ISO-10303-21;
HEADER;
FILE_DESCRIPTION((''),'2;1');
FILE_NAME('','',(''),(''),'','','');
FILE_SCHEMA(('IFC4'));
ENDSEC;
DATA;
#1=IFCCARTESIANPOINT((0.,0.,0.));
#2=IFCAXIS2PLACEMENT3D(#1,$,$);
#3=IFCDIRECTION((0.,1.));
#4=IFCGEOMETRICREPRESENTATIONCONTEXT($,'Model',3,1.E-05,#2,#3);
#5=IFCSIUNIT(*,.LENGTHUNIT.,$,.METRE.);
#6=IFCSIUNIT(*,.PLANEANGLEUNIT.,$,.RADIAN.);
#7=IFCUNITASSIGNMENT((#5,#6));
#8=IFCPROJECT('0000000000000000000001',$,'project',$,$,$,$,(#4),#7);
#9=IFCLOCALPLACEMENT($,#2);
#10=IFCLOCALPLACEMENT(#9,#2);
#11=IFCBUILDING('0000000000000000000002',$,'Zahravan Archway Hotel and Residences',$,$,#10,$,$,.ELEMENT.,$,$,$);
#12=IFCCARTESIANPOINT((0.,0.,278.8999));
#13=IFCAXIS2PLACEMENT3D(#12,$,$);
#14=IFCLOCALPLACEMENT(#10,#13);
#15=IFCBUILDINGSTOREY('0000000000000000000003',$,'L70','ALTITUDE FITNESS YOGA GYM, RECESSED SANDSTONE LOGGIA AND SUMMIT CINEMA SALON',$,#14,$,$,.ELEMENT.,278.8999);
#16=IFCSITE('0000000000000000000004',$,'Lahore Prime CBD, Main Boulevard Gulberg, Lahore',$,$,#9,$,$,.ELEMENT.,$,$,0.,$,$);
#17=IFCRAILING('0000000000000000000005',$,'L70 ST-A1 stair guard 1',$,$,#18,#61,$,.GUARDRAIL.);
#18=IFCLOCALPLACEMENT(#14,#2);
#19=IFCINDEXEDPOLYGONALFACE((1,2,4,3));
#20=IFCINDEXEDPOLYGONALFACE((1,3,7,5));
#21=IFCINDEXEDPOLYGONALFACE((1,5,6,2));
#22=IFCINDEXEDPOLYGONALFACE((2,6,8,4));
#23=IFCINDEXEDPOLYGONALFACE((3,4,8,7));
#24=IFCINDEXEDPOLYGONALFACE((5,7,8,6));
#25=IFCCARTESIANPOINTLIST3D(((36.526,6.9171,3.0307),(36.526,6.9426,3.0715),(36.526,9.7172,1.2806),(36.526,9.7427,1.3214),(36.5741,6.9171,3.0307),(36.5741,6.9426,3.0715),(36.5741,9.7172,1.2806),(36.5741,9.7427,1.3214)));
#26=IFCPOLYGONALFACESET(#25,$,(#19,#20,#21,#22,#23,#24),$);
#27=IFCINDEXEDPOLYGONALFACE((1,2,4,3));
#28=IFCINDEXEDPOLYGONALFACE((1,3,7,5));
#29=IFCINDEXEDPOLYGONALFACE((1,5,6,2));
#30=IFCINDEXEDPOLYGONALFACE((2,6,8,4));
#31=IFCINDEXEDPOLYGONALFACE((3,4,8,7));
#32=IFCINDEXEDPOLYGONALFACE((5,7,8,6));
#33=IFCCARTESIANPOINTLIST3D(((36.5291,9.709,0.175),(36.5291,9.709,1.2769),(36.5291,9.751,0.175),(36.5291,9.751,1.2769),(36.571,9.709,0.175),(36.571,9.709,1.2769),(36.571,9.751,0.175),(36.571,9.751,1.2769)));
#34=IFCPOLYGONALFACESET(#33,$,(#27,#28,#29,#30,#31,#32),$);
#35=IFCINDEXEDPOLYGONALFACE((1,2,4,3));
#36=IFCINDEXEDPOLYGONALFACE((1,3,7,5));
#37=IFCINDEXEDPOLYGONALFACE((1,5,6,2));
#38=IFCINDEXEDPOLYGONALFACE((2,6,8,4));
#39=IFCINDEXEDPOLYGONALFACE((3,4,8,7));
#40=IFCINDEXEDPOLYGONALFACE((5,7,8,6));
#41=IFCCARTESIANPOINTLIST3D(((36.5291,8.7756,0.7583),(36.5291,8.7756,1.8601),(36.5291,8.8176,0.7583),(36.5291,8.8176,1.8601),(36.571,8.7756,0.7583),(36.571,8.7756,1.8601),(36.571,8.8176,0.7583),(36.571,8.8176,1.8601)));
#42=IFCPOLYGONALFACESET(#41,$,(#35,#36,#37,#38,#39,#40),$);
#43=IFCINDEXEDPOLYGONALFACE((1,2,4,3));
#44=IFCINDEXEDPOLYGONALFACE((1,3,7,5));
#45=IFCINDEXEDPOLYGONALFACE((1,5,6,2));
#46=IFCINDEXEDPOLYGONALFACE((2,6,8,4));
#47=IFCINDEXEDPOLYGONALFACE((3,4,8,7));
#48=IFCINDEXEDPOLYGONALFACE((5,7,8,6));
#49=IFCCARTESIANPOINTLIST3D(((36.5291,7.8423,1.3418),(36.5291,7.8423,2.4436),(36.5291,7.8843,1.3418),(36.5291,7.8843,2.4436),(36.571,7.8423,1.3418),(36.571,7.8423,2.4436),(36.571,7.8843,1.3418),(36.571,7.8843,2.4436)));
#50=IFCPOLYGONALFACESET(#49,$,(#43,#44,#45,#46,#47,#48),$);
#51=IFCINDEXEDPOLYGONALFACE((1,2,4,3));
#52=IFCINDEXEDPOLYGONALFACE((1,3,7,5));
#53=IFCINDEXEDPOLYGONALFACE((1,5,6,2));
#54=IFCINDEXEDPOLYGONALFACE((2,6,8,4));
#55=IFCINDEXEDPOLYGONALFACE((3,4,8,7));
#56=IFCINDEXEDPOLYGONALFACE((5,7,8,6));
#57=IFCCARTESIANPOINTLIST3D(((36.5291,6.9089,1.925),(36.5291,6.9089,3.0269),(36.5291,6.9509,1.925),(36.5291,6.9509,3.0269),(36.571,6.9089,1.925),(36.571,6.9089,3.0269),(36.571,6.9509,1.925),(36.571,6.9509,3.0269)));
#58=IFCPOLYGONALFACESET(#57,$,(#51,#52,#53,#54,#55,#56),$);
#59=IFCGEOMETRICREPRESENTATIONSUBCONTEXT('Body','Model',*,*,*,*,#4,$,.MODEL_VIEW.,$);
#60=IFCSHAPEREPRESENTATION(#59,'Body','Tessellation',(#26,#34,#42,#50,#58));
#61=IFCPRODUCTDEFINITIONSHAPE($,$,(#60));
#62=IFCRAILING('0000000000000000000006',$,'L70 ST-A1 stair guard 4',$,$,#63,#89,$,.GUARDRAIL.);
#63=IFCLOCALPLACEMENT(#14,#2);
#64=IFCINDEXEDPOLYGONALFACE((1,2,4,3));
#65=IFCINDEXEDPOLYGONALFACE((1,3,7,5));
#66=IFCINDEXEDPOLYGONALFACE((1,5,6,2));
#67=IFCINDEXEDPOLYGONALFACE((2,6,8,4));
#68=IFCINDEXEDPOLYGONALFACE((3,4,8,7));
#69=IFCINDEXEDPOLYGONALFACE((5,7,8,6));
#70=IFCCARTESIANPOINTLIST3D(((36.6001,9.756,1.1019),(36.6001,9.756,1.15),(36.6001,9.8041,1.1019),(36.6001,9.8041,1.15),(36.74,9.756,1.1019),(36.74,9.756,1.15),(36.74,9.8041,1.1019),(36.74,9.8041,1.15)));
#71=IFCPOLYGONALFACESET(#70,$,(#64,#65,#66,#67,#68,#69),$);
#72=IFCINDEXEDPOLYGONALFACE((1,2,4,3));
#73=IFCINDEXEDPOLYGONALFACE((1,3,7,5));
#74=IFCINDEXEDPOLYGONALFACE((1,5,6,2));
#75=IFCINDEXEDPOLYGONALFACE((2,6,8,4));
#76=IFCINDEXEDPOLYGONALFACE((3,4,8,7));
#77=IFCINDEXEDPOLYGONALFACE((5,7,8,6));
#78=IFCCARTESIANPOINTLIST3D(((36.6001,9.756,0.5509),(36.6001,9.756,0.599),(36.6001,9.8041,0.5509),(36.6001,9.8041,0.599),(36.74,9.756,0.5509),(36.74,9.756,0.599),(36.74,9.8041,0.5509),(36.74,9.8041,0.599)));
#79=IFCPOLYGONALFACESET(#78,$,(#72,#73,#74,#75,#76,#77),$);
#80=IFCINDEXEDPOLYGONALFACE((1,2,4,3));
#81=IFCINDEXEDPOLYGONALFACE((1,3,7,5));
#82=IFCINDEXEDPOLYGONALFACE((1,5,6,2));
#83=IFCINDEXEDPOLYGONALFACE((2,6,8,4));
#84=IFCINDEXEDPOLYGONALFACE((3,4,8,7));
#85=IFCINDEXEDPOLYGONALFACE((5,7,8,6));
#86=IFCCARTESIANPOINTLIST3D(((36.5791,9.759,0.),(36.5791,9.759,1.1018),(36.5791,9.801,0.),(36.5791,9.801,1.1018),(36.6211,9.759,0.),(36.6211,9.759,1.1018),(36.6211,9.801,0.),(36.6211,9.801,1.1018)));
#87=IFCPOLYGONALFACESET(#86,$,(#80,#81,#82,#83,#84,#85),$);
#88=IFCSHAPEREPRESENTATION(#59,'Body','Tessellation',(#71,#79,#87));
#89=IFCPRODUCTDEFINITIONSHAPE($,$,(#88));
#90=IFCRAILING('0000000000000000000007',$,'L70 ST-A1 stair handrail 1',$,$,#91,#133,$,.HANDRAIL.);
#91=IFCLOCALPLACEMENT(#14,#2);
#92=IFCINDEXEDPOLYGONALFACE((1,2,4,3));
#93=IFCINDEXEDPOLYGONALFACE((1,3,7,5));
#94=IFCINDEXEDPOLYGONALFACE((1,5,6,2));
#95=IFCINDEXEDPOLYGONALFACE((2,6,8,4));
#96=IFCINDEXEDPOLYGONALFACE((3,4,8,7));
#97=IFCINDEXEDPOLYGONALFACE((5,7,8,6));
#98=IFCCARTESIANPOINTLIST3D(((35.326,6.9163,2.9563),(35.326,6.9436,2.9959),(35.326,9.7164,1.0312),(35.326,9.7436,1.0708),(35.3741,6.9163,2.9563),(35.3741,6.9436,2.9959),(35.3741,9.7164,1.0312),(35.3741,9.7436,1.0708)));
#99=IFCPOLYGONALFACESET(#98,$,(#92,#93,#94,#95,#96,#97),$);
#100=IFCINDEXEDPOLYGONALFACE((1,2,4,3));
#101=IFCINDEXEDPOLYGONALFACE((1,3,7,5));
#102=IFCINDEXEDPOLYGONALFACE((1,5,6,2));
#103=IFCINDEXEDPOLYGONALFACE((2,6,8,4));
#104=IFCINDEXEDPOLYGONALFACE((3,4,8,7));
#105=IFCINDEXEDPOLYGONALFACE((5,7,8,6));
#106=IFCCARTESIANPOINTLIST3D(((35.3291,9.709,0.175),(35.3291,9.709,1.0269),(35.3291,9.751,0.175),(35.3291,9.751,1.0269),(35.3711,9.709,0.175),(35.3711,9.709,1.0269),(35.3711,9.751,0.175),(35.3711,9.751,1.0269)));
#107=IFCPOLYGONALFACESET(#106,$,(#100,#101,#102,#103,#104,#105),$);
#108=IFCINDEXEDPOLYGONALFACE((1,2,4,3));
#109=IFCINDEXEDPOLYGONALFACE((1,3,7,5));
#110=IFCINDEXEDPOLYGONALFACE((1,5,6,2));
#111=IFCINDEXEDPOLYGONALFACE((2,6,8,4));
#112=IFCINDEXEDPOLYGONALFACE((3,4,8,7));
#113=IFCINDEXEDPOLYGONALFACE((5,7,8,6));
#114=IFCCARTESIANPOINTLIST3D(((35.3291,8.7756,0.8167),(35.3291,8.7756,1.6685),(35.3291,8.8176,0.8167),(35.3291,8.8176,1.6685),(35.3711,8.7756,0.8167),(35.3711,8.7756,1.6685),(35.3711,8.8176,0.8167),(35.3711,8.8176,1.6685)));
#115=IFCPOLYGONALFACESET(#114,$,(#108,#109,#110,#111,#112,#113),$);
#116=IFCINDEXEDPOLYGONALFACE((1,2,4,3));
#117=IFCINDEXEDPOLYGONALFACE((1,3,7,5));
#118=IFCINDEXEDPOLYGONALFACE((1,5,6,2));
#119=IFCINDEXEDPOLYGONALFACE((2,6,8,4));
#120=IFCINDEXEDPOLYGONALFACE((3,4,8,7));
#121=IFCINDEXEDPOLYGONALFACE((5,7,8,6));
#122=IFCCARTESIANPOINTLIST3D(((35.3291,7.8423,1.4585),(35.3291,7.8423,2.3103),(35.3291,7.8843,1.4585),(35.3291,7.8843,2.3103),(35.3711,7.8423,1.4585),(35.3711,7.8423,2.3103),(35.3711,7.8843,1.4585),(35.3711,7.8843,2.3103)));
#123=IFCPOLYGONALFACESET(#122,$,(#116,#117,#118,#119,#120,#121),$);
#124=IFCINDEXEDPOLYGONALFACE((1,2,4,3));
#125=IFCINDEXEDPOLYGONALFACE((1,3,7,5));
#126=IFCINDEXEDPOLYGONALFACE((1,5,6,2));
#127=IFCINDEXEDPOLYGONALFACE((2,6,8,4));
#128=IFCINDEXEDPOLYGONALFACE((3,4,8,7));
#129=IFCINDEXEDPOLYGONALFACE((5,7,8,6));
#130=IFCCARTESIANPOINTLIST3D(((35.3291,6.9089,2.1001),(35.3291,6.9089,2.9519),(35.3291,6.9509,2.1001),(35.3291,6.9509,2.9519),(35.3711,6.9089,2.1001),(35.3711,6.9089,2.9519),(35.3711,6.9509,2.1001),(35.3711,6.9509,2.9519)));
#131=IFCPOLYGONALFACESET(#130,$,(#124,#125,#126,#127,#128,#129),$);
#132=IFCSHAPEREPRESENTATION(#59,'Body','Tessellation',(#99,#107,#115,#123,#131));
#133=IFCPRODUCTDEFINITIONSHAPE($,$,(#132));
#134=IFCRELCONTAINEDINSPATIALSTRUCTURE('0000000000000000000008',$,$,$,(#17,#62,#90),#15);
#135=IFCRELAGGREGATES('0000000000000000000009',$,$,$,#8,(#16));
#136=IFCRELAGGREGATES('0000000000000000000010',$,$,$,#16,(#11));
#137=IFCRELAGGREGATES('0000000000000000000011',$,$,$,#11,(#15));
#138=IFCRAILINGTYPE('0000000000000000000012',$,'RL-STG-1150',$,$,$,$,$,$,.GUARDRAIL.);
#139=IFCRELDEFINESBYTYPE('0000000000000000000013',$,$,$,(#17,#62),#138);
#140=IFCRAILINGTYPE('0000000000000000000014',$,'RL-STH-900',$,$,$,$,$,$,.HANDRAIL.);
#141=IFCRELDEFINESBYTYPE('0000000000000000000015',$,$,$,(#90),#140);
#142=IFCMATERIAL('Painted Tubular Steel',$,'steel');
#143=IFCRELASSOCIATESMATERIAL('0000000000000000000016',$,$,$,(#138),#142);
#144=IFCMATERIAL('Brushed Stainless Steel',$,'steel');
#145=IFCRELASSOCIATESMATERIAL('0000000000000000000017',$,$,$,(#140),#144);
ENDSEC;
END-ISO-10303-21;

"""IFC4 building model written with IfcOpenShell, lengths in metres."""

from ifc_helpers import new_model, si_unit, direction, frame, origin, origin_2d, place, context, subcontext, project, spatial, rectangle, extrude, material, type_object, element, save


model = new_model("IFC4")

# Units and contexts
model_context = context("Model", 3, precision=1e-05, world=origin(), true_north=direction((0.0, 1.0)))
body_context = subcontext(model_context, "Body", "Model", "MODEL_VIEW")
ifc_project = project(units=[si_unit("LENGTHUNIT", "METRE"), si_unit("PLANEANGLEUNIT", "RADIAN")], contexts=[model_context])

# Site, building, storey
site_placement = place(None, origin())
site = spatial("IfcSite", under=ifc_project, at=site_placement, Name="Lahore Prime CBD, Main Boulevard Gulberg, Lahore", CompositionType="ELEMENT", RefElevation=0.0)
building_placement = place(site_placement, origin())
building = spatial("IfcBuilding", under=site, at=building_placement, Name="Zahravan Archway Hotel and Residences", CompositionType="ELEMENT")
storey_placement = place(building_placement, frame((0.0, 0.0, 278.8999)))
storey = spatial("IfcBuildingStorey", under=building, at=storey_placement, Name="L70", Description="ALTITUDE FITNESS YOGA GYM, RECESSED SANDSTONE LOGGIA AND SUMMIT CINEMA SALON", CompositionType="ELEMENT", Elevation=278.8999)

# Shared definitions
ifc_material_1 = material(Name="Brushed Stainless Steel", Category="steel")

# Railings
ifc_material_2 = material(Name="Painted Tubular Steel", Category="steel")
railing_type_1 = type_object("IfcRailingType", Name="RL-STG-1150", PredefinedType="GUARDRAIL", material=ifc_material_2)
railing_1_placement = place(storey_placement, frame((36.55, 9.73, 0.175)))
element("IfcRailing", 1, at=railing_1_placement, inside=storey, type_object=railing_type_1, Name="L70 ST-A1 stair guard 1", PredefinedType="GUARDRAIL", context=body_context, shape_type="SweptSolid", body=[
    extrude(rectangle(XDim=0.0481, YDim=0.0481, at=origin_2d()), frame((0.0, 0.0, 1.126), z_axis=(0.0, -0.848002, 0.529992), x_axis=(1.0, 0.0, 0.0)), (0.0, 0.0, 1.0), 3.302),
    extrude(rectangle(XDim=0.042, YDim=0.042, at=origin_2d()), origin(), (0.0, 0.0, 1.0), 1.1018),
    extrude(rectangle(XDim=0.042, YDim=0.042, at=origin_2d()), frame((0.0, -0.9333, 0.5833)), (0.0, 0.0, 1.0), 1.1018),
    extrude(rectangle(XDim=0.042, YDim=0.042, at=origin_2d()), frame((0.0, -1.8667, 1.1667)), (0.0, 0.0, 1.0), 1.1018),
    extrude(rectangle(XDim=0.042, YDim=0.042, at=origin_2d()), frame((0.0, -2.8, 1.75)), (0.0, 0.0, 1.0), 1.1018),
])
railing_2_placement = place(storey_placement, frame((36.6001, 9.78, 0.0)))
element("IfcRailing", 2, at=railing_2_placement, inside=storey, type_object=railing_type_1, Name="L70 ST-A1 stair guard 4", PredefinedType="GUARDRAIL", context=body_context, shape_type="SweptSolid", body=[
    extrude(rectangle(XDim=0.0481, YDim=0.0481, at=origin_2d()), frame((0.0, 0.0, 1.126), z_axis=(1.0, 0.0, 0.0), x_axis=(0.0, 1.0, 0.0)), (0.0, 0.0, 1.0), 0.1399),
    extrude(rectangle(XDim=0.0481, YDim=0.0481, at=origin_2d()), frame((0.0, 0.0, 0.575), z_axis=(1.0, 0.0, 0.0), x_axis=(0.0, 1.0, 0.0)), (0.0, 0.0, 1.0), 0.1399),
    extrude(rectangle(XDim=0.042, YDim=0.042, at=origin_2d()), origin(), (0.0, 0.0, 1.0), 1.1018),
])
railing_type_2 = type_object("IfcRailingType", Name="RL-STH-900", PredefinedType="HANDRAIL", material=ifc_material_1)
railing_3_placement = place(storey_placement, frame((35.3501, 9.73, 0.175)))
element("IfcRailing", 3, at=railing_3_placement, inside=storey, type_object=railing_type_2, Name="L70 ST-A1 stair handrail 1", PredefinedType="HANDRAIL", context=body_context, shape_type="SweptSolid", body=[
    extrude(rectangle(XDim=0.0481, YDim=0.0481, at=origin_2d()), frame((0.0, 0.0, 0.876), z_axis=(0.0, -0.82404, 0.566532), x_axis=(1.0, 0.0, 0.0)), (0.0, 0.0, 1.0), 3.3979),
    extrude(rectangle(XDim=0.042, YDim=0.042, at=origin_2d()), origin(), (0.0, 0.0, 1.0), 0.8518),
    extrude(rectangle(XDim=0.042, YDim=0.042, at=origin_2d()), frame((0.0, -0.9333, 0.6416)), (0.0, 0.0, 1.0), 0.8518),
    extrude(rectangle(XDim=0.042, YDim=0.042, at=origin_2d()), frame((0.0, -1.8667, 1.2834)), (0.0, 0.0, 1.0), 0.8518),
    extrude(rectangle(XDim=0.042, YDim=0.042, at=origin_2d()), frame((0.0, -2.8, 1.925)), (0.0, 0.0, 1.0), 0.8518),
])

save(model, "model.ifc")
